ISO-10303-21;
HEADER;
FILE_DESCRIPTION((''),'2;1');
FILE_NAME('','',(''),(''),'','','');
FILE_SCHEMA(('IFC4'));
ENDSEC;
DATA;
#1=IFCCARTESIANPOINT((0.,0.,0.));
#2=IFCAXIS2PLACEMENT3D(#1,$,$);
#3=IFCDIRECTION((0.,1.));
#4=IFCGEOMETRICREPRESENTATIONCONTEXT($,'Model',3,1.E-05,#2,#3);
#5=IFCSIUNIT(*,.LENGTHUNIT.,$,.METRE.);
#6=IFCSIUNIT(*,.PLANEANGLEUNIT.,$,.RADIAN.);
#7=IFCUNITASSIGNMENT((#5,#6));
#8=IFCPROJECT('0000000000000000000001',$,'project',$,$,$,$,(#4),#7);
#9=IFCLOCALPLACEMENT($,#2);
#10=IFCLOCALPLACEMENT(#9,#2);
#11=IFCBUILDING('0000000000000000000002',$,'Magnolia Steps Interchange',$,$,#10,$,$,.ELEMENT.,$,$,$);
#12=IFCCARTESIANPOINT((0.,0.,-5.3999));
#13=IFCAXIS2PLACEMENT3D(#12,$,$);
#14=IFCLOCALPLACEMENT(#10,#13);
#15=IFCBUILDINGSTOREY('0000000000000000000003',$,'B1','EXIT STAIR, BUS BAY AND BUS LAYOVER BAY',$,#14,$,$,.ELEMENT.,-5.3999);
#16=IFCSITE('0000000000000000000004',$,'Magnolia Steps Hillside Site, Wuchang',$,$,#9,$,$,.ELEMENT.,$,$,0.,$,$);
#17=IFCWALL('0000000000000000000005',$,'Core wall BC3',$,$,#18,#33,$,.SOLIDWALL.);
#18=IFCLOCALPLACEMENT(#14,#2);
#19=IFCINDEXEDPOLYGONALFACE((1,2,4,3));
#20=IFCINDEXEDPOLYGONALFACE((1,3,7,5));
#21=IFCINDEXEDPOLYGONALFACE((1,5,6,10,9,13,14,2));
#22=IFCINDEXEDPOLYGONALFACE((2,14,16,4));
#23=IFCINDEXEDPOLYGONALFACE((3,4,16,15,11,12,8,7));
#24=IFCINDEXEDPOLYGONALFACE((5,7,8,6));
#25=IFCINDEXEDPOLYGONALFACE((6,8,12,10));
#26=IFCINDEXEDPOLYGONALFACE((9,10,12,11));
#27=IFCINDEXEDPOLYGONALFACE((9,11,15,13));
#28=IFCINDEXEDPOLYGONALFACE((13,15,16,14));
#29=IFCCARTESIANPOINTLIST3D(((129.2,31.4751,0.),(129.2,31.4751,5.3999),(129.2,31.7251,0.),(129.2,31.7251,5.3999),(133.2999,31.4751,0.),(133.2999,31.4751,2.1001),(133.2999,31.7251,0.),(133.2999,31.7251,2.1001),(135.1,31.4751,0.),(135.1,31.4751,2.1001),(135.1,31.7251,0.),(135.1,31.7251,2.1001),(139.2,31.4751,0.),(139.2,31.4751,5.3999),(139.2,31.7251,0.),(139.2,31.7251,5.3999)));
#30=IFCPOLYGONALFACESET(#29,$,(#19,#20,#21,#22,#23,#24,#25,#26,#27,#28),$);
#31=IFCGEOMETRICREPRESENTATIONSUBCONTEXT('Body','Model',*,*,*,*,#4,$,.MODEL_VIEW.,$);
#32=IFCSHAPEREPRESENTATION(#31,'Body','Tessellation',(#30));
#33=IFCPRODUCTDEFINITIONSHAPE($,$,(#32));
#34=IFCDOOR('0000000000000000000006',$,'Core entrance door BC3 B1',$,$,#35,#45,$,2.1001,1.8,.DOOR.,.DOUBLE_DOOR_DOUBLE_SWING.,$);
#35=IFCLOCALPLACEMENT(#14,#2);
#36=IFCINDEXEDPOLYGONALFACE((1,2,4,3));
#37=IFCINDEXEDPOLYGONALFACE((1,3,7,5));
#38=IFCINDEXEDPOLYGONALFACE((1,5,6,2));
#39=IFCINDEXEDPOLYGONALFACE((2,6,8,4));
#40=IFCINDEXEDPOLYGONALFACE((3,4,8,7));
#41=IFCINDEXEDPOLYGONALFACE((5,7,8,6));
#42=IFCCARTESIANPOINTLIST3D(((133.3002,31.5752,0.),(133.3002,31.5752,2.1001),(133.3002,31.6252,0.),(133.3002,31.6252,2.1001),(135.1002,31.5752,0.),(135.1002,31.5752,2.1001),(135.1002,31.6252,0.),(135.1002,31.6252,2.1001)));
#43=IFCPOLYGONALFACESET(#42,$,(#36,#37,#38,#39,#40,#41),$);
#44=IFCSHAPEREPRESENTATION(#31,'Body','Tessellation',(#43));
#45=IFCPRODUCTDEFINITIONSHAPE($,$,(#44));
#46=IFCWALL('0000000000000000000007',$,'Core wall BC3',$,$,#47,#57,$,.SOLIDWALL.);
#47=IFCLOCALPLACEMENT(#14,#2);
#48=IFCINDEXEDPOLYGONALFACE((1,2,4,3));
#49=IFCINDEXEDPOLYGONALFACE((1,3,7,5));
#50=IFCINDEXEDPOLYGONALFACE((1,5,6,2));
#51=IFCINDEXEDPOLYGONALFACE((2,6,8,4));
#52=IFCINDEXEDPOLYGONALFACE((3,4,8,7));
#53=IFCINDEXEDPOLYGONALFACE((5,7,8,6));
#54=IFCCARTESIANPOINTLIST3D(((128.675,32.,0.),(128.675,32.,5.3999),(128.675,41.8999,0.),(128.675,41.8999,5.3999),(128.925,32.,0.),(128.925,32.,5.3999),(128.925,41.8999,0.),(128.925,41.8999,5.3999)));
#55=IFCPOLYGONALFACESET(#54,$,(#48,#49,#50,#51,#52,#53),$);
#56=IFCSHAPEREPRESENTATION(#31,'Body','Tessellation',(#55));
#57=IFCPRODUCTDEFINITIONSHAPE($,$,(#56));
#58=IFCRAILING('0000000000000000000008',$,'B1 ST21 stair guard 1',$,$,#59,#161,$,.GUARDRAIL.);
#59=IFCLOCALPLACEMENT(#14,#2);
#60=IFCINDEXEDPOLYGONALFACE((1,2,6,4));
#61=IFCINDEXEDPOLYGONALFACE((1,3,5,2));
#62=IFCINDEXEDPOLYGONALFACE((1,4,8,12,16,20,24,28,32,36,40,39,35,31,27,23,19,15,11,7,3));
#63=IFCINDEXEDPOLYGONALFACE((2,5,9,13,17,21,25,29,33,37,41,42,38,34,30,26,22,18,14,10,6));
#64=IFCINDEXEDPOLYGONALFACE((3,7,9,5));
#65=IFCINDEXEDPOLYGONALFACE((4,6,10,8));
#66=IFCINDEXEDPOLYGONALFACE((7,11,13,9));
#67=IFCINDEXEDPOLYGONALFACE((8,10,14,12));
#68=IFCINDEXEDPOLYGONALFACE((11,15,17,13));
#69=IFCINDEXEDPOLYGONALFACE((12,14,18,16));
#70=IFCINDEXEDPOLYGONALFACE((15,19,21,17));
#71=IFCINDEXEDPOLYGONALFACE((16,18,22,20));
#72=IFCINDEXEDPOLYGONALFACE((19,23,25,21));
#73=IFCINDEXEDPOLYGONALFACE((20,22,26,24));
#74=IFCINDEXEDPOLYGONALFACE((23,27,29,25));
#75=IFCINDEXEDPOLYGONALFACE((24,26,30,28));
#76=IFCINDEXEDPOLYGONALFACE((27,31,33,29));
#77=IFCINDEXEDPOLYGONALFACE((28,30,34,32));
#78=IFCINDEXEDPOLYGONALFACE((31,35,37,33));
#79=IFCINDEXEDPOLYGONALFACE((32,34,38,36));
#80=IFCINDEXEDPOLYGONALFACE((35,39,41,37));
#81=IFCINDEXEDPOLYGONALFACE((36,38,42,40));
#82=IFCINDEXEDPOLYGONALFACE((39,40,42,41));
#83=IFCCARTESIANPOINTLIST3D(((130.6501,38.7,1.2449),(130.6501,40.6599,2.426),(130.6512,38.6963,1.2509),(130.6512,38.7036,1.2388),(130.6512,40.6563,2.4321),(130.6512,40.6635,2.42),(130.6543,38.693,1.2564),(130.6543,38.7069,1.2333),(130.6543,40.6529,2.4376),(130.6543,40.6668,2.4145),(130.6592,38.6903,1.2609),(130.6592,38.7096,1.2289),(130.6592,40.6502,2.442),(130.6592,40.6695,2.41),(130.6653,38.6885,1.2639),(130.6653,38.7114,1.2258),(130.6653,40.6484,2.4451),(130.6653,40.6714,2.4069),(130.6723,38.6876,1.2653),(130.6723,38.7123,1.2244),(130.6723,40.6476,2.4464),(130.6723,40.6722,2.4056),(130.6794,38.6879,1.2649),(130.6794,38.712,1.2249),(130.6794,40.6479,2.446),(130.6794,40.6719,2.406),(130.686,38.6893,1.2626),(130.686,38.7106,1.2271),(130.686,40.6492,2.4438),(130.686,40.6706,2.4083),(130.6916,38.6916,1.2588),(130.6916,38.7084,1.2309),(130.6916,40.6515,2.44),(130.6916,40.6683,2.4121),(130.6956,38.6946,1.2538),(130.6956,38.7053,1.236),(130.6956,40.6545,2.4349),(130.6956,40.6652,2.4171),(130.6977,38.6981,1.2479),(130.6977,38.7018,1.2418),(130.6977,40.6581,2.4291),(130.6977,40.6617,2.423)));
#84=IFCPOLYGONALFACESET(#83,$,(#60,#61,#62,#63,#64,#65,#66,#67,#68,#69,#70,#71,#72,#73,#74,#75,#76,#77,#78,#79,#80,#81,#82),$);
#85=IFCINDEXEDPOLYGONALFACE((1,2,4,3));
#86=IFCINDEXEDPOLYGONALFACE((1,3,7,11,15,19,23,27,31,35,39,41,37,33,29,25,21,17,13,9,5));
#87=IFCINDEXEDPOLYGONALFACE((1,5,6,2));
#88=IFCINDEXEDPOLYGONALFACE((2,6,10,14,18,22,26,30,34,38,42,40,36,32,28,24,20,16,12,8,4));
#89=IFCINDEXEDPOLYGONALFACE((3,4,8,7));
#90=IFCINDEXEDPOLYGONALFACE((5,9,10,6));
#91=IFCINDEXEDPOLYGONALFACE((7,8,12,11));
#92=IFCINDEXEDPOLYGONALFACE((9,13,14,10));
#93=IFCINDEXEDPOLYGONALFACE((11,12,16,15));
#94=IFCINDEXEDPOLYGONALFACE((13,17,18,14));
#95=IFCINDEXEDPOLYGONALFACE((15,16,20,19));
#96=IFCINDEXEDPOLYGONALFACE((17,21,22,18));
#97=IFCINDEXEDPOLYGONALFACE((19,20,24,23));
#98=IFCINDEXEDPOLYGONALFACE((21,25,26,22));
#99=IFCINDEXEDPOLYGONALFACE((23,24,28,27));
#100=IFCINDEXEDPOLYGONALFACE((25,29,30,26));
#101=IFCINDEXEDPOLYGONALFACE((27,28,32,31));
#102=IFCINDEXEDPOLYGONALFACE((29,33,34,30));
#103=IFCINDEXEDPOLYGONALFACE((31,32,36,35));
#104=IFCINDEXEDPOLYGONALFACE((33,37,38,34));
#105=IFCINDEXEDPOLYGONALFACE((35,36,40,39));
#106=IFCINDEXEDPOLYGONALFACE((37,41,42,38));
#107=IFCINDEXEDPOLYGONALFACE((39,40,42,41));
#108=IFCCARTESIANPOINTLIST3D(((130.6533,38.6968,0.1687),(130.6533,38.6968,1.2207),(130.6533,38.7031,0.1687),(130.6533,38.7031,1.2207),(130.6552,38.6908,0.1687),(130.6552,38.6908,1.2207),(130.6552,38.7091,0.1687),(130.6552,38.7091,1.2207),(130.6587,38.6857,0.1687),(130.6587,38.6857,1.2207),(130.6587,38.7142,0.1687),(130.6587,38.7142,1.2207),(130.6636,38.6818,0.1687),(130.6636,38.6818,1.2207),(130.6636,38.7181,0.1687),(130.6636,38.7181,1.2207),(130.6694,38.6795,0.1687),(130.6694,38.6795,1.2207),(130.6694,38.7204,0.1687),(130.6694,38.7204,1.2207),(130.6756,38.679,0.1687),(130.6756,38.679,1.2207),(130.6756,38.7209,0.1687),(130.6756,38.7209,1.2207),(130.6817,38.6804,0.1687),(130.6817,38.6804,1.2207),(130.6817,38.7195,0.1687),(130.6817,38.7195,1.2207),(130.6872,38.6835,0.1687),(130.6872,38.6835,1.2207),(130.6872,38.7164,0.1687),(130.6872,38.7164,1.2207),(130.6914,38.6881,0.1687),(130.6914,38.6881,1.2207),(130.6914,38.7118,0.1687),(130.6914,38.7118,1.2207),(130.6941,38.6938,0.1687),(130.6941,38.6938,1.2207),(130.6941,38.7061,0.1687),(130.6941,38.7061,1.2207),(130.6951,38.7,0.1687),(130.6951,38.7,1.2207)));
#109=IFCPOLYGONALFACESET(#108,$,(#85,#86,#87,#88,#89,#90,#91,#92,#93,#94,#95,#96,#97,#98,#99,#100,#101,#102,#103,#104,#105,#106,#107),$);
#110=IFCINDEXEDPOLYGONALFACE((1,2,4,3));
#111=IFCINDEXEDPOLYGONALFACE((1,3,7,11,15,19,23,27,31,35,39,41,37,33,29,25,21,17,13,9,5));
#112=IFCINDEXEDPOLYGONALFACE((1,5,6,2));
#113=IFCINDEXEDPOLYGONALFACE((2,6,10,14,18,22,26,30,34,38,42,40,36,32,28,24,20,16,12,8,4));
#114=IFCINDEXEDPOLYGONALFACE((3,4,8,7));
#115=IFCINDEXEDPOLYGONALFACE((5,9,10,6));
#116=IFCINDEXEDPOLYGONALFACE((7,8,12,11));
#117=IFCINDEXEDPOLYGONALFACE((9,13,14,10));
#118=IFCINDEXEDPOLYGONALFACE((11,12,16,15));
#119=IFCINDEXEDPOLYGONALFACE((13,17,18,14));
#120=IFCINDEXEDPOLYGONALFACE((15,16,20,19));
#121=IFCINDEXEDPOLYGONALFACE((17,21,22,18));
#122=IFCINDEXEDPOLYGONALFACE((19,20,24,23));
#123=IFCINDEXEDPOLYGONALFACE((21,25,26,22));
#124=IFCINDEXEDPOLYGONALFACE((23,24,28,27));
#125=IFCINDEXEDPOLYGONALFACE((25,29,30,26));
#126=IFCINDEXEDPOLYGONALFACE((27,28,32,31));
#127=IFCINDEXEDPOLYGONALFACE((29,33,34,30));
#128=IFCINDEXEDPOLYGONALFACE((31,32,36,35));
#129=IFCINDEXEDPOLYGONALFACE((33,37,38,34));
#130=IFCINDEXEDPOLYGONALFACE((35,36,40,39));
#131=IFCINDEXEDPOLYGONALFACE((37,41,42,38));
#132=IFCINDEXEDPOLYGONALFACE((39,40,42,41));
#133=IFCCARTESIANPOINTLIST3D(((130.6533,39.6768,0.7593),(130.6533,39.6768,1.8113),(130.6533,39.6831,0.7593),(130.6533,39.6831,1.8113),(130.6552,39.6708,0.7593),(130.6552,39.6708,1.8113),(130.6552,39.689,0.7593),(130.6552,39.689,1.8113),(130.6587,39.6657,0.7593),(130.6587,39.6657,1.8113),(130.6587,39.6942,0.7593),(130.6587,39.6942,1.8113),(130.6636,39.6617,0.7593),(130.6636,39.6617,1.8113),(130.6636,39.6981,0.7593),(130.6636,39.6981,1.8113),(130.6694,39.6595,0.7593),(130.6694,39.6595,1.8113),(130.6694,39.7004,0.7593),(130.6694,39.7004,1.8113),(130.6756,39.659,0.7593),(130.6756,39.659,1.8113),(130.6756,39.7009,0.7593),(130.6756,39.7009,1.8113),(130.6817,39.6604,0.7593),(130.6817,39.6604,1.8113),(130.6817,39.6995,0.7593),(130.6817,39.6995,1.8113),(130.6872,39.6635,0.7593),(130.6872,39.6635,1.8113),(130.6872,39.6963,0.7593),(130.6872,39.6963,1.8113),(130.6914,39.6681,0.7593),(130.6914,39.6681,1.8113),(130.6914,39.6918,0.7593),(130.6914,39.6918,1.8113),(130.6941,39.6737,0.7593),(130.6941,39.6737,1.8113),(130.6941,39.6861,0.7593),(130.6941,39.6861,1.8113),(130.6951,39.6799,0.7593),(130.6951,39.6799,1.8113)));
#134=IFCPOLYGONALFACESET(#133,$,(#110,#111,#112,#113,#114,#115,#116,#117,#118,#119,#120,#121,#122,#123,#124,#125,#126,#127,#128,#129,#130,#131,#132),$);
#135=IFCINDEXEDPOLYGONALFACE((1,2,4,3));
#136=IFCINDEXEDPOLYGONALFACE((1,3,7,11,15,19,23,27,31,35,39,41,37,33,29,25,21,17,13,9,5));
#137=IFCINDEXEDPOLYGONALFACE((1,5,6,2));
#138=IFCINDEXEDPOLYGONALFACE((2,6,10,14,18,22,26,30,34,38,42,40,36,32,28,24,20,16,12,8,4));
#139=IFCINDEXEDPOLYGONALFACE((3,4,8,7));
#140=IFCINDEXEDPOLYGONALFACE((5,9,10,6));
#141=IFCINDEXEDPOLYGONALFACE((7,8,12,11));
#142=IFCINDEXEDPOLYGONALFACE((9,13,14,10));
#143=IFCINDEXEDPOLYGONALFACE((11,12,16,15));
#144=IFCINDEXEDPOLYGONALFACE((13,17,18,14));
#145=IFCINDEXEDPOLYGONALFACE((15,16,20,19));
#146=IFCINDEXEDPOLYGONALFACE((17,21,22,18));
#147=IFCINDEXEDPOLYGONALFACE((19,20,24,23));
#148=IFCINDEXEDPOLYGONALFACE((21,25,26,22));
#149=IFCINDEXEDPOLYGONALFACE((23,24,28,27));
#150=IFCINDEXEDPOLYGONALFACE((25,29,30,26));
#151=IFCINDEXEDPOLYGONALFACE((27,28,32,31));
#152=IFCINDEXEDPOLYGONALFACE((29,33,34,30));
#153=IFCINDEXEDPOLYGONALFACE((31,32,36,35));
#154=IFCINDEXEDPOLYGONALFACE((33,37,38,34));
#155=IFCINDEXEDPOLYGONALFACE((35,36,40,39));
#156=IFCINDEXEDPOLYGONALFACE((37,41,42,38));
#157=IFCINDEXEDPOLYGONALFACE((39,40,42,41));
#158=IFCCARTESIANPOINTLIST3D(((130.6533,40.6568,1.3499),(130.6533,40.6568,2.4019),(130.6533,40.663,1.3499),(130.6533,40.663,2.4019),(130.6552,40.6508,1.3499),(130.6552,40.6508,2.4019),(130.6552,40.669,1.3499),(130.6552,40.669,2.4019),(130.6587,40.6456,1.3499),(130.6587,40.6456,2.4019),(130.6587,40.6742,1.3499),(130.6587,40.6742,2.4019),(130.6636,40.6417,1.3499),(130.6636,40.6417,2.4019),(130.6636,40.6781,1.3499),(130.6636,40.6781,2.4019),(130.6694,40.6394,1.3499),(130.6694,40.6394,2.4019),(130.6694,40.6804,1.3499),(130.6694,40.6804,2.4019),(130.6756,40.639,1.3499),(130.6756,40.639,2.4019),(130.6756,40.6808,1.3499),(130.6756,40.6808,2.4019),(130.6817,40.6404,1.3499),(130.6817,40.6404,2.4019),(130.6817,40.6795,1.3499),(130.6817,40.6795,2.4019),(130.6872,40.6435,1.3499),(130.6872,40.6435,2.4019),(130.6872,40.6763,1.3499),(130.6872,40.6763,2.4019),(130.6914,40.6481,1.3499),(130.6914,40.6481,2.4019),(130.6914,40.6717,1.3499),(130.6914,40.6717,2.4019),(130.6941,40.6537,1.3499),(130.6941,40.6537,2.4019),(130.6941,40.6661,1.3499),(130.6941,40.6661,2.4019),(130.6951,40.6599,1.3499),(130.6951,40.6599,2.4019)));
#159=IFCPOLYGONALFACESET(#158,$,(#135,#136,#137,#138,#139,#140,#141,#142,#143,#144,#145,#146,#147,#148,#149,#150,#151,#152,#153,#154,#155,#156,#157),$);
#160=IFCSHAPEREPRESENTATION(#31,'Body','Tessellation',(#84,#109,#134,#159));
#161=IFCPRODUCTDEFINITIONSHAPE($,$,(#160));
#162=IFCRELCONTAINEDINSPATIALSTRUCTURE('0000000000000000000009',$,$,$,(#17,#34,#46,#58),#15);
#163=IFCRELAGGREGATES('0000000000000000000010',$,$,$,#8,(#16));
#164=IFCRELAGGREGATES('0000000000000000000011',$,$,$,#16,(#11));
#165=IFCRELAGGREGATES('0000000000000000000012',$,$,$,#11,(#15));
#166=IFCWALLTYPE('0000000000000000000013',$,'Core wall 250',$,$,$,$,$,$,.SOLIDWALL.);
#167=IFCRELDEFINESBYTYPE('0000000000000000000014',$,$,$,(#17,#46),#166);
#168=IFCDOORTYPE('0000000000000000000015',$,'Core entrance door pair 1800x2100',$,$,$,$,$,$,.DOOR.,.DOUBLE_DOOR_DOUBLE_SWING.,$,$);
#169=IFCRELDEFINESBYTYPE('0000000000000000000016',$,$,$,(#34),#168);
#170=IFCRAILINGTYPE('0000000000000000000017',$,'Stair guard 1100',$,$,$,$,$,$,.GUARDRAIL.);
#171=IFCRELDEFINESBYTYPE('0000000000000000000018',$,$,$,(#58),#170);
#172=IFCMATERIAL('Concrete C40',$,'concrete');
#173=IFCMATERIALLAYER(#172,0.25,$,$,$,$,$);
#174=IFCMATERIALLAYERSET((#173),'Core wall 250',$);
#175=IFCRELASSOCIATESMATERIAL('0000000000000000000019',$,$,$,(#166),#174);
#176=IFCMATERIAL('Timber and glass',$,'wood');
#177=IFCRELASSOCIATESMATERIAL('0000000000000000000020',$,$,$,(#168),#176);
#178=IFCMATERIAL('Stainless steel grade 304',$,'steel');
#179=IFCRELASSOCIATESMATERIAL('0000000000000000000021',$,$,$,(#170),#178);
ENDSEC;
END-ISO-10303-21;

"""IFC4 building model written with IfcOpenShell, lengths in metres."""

from ifc_helpers import new_model, si_unit, direction, frame, frame_2d, origin, origin_2d, place, context, subcontext, project, spatial, rectangle, circle, extrude, material, layer, layer_set, type_object, element, fill, save


model = new_model("IFC4")

# Units and contexts
model_context = context("Model", 3, precision=1e-05, world=origin(), true_north=direction((0.0, 1.0)))
body_context = subcontext(model_context, "Body", "Model", "MODEL_VIEW")
ifc_project = project(units=[si_unit("LENGTHUNIT", "METRE"), si_unit("PLANEANGLEUNIT", "RADIAN")], contexts=[model_context])

# Site, building, storey
site_placement = place(None, origin())
site = spatial("IfcSite", under=ifc_project, at=site_placement, Name="Magnolia Steps Hillside Site, Wuchang", CompositionType="ELEMENT", RefElevation=0.0)
building_placement = place(site_placement, origin())
building = spatial("IfcBuilding", under=site, at=building_placement, Name="Magnolia Steps Interchange", CompositionType="ELEMENT")
storey_placement = place(building_placement, frame((0.0, 0.0, -5.3999)))
storey = spatial("IfcBuildingStorey", under=building, at=storey_placement, Name="B1", Description="EXIT STAIR, BUS BAY AND BUS LAYOVER BAY", CompositionType="ELEMENT", Elevation=-5.3999)

# Wall, opening, door
ifc_material_1 = material(Name="Concrete C40", Category="concrete")
ifc_layer_1 = layer(ifc_material_1, 0.25)
ifc_layer_set_1 = layer_set([ifc_layer_1], Name="Core wall 250")
wall_type_1 = type_object("IfcWallType", Name="Core wall 250", PredefinedType="SOLIDWALL", material=ifc_layer_set_1)
wall_1_placement = place(storey_placement, frame((129.2, 31.6001, 0.0), z_axis=(0.0, 0.0, 1.0), x_axis=(1.0, 0.0, 0.0)))
wall_1 = element("IfcWall", 1, at=wall_1_placement, inside=storey, type_object=wall_type_1, Name="Core wall BC3", PredefinedType="SOLIDWALL", context=body_context, shape_type="SweptSolid", body=[
    extrude(rectangle(XDim=10.0, YDim=0.25, at=frame_2d((5.0, 0.0))), origin(), (0.0, 0.0, 1.0), 5.3999),
])
opening_1_placement = place(wall_1_placement, frame((4.1001, 0.0, 0.0)))
opening_1 = element("IfcOpeningElement", 2, at=opening_1_placement, cuts=wall_1, PredefinedType="OPENING", context=body_context, shape_type="SweptSolid", body=[
    extrude(rectangle(XDim=1.8, YDim=2.1001, at=frame_2d((0.8999, 1.05))), frame((0.0, 0.135, 0.0), z_axis=(0.0, -1.0, 0.0), x_axis=(1.0, 0.0, 0.0)), (0.0, 0.0, 1.0), 0.27),
])
ifc_material_2 = material(Name="Timber and glass", Category="wood")
door_type_1 = type_object("IfcDoorType", Name="Core entrance door pair 1800x2100", OperationType="DOUBLE_DOOR_DOUBLE_SWING", PredefinedType="DOOR", material=ifc_material_2)
door_1_placement = place(opening_1_placement, frame((1.8, 0.0, 0.0), z_axis=(0.0, 0.0, 1.0), x_axis=(-1.0, 0.0, 0.0)))
door_1 = element("IfcDoor", 3, at=door_1_placement, inside=storey, type_object=door_type_1, Name="Core entrance door BC3 B1", OperationType="DOUBLE_DOOR_DOUBLE_SWING", OverallHeight=2.1001, OverallWidth=1.8, PredefinedType="DOOR", context=body_context, shape_type="SweptSolid", body=[
    extrude(rectangle(XDim=1.8, YDim=2.1001, at=frame_2d((0.8999, 1.05))), frame((0.0, 0.0249, 0.0), z_axis=(0.0, -1.0, 0.0), x_axis=(1.0, 0.0, 0.0)), (0.0, 0.0, 1.0), 0.05),
])
fill(opening_1, door_1)

# Wall
wall_2_placement = place(storey_placement, frame((128.8, 41.8999, 0.0), z_axis=(0.0, 0.0, 1.0), x_axis=(0.0, -1.0, 0.0)))
element("IfcWall", 4, at=wall_2_placement, inside=storey, type_object=wall_type_1, Name="Core wall BC3", PredefinedType="SOLIDWALL", context=body_context, shape_type="SweptSolid", body=[
    extrude(rectangle(XDim=9.8999, YDim=0.25, at=frame_2d((4.95, 0.0))), origin(), (0.0, 0.0, 1.0), 5.3999),
])

# Railing
ifc_material_3 = material(Name="Stainless steel grade 304", Category="steel")
railing_type_1 = type_object("IfcRailingType", Name="Stair guard 1100", PredefinedType="GUARDRAIL", material=ifc_material_3)
railing_1_placement = place(storey_placement, frame((130.6741, 38.7, 0.1687)))
element("IfcRailing", 5, at=railing_1_placement, inside=storey, type_object=railing_type_1, Name="B1 ST21 stair guard 1", PredefinedType="GUARDRAIL", context=body_context, shape_type="SweptSolid", body=[
    extrude(circle(Radius=0.0239, at=origin_2d()), frame((0.0, 0.0, 1.0762), z_axis=(0.0, 0.856493, 0.516158), x_axis=(-1.0, 0.0, 0.0)), (0.0, 0.0, 1.0), 2.2883),
    extrude(circle(Radius=0.021, at=origin_2d()), origin(), (0.0, 0.0, 1.0), 1.052),
    extrude(circle(Radius=0.021, at=origin_2d()), frame((0.0, 0.98, 0.5906)), (0.0, 0.0, 1.0), 1.052),
    extrude(circle(Radius=0.021, at=origin_2d()), frame((0.0, 1.96, 1.1812)), (0.0, 0.0, 1.0), 1.052),
])

save(model, "model.ifc")
